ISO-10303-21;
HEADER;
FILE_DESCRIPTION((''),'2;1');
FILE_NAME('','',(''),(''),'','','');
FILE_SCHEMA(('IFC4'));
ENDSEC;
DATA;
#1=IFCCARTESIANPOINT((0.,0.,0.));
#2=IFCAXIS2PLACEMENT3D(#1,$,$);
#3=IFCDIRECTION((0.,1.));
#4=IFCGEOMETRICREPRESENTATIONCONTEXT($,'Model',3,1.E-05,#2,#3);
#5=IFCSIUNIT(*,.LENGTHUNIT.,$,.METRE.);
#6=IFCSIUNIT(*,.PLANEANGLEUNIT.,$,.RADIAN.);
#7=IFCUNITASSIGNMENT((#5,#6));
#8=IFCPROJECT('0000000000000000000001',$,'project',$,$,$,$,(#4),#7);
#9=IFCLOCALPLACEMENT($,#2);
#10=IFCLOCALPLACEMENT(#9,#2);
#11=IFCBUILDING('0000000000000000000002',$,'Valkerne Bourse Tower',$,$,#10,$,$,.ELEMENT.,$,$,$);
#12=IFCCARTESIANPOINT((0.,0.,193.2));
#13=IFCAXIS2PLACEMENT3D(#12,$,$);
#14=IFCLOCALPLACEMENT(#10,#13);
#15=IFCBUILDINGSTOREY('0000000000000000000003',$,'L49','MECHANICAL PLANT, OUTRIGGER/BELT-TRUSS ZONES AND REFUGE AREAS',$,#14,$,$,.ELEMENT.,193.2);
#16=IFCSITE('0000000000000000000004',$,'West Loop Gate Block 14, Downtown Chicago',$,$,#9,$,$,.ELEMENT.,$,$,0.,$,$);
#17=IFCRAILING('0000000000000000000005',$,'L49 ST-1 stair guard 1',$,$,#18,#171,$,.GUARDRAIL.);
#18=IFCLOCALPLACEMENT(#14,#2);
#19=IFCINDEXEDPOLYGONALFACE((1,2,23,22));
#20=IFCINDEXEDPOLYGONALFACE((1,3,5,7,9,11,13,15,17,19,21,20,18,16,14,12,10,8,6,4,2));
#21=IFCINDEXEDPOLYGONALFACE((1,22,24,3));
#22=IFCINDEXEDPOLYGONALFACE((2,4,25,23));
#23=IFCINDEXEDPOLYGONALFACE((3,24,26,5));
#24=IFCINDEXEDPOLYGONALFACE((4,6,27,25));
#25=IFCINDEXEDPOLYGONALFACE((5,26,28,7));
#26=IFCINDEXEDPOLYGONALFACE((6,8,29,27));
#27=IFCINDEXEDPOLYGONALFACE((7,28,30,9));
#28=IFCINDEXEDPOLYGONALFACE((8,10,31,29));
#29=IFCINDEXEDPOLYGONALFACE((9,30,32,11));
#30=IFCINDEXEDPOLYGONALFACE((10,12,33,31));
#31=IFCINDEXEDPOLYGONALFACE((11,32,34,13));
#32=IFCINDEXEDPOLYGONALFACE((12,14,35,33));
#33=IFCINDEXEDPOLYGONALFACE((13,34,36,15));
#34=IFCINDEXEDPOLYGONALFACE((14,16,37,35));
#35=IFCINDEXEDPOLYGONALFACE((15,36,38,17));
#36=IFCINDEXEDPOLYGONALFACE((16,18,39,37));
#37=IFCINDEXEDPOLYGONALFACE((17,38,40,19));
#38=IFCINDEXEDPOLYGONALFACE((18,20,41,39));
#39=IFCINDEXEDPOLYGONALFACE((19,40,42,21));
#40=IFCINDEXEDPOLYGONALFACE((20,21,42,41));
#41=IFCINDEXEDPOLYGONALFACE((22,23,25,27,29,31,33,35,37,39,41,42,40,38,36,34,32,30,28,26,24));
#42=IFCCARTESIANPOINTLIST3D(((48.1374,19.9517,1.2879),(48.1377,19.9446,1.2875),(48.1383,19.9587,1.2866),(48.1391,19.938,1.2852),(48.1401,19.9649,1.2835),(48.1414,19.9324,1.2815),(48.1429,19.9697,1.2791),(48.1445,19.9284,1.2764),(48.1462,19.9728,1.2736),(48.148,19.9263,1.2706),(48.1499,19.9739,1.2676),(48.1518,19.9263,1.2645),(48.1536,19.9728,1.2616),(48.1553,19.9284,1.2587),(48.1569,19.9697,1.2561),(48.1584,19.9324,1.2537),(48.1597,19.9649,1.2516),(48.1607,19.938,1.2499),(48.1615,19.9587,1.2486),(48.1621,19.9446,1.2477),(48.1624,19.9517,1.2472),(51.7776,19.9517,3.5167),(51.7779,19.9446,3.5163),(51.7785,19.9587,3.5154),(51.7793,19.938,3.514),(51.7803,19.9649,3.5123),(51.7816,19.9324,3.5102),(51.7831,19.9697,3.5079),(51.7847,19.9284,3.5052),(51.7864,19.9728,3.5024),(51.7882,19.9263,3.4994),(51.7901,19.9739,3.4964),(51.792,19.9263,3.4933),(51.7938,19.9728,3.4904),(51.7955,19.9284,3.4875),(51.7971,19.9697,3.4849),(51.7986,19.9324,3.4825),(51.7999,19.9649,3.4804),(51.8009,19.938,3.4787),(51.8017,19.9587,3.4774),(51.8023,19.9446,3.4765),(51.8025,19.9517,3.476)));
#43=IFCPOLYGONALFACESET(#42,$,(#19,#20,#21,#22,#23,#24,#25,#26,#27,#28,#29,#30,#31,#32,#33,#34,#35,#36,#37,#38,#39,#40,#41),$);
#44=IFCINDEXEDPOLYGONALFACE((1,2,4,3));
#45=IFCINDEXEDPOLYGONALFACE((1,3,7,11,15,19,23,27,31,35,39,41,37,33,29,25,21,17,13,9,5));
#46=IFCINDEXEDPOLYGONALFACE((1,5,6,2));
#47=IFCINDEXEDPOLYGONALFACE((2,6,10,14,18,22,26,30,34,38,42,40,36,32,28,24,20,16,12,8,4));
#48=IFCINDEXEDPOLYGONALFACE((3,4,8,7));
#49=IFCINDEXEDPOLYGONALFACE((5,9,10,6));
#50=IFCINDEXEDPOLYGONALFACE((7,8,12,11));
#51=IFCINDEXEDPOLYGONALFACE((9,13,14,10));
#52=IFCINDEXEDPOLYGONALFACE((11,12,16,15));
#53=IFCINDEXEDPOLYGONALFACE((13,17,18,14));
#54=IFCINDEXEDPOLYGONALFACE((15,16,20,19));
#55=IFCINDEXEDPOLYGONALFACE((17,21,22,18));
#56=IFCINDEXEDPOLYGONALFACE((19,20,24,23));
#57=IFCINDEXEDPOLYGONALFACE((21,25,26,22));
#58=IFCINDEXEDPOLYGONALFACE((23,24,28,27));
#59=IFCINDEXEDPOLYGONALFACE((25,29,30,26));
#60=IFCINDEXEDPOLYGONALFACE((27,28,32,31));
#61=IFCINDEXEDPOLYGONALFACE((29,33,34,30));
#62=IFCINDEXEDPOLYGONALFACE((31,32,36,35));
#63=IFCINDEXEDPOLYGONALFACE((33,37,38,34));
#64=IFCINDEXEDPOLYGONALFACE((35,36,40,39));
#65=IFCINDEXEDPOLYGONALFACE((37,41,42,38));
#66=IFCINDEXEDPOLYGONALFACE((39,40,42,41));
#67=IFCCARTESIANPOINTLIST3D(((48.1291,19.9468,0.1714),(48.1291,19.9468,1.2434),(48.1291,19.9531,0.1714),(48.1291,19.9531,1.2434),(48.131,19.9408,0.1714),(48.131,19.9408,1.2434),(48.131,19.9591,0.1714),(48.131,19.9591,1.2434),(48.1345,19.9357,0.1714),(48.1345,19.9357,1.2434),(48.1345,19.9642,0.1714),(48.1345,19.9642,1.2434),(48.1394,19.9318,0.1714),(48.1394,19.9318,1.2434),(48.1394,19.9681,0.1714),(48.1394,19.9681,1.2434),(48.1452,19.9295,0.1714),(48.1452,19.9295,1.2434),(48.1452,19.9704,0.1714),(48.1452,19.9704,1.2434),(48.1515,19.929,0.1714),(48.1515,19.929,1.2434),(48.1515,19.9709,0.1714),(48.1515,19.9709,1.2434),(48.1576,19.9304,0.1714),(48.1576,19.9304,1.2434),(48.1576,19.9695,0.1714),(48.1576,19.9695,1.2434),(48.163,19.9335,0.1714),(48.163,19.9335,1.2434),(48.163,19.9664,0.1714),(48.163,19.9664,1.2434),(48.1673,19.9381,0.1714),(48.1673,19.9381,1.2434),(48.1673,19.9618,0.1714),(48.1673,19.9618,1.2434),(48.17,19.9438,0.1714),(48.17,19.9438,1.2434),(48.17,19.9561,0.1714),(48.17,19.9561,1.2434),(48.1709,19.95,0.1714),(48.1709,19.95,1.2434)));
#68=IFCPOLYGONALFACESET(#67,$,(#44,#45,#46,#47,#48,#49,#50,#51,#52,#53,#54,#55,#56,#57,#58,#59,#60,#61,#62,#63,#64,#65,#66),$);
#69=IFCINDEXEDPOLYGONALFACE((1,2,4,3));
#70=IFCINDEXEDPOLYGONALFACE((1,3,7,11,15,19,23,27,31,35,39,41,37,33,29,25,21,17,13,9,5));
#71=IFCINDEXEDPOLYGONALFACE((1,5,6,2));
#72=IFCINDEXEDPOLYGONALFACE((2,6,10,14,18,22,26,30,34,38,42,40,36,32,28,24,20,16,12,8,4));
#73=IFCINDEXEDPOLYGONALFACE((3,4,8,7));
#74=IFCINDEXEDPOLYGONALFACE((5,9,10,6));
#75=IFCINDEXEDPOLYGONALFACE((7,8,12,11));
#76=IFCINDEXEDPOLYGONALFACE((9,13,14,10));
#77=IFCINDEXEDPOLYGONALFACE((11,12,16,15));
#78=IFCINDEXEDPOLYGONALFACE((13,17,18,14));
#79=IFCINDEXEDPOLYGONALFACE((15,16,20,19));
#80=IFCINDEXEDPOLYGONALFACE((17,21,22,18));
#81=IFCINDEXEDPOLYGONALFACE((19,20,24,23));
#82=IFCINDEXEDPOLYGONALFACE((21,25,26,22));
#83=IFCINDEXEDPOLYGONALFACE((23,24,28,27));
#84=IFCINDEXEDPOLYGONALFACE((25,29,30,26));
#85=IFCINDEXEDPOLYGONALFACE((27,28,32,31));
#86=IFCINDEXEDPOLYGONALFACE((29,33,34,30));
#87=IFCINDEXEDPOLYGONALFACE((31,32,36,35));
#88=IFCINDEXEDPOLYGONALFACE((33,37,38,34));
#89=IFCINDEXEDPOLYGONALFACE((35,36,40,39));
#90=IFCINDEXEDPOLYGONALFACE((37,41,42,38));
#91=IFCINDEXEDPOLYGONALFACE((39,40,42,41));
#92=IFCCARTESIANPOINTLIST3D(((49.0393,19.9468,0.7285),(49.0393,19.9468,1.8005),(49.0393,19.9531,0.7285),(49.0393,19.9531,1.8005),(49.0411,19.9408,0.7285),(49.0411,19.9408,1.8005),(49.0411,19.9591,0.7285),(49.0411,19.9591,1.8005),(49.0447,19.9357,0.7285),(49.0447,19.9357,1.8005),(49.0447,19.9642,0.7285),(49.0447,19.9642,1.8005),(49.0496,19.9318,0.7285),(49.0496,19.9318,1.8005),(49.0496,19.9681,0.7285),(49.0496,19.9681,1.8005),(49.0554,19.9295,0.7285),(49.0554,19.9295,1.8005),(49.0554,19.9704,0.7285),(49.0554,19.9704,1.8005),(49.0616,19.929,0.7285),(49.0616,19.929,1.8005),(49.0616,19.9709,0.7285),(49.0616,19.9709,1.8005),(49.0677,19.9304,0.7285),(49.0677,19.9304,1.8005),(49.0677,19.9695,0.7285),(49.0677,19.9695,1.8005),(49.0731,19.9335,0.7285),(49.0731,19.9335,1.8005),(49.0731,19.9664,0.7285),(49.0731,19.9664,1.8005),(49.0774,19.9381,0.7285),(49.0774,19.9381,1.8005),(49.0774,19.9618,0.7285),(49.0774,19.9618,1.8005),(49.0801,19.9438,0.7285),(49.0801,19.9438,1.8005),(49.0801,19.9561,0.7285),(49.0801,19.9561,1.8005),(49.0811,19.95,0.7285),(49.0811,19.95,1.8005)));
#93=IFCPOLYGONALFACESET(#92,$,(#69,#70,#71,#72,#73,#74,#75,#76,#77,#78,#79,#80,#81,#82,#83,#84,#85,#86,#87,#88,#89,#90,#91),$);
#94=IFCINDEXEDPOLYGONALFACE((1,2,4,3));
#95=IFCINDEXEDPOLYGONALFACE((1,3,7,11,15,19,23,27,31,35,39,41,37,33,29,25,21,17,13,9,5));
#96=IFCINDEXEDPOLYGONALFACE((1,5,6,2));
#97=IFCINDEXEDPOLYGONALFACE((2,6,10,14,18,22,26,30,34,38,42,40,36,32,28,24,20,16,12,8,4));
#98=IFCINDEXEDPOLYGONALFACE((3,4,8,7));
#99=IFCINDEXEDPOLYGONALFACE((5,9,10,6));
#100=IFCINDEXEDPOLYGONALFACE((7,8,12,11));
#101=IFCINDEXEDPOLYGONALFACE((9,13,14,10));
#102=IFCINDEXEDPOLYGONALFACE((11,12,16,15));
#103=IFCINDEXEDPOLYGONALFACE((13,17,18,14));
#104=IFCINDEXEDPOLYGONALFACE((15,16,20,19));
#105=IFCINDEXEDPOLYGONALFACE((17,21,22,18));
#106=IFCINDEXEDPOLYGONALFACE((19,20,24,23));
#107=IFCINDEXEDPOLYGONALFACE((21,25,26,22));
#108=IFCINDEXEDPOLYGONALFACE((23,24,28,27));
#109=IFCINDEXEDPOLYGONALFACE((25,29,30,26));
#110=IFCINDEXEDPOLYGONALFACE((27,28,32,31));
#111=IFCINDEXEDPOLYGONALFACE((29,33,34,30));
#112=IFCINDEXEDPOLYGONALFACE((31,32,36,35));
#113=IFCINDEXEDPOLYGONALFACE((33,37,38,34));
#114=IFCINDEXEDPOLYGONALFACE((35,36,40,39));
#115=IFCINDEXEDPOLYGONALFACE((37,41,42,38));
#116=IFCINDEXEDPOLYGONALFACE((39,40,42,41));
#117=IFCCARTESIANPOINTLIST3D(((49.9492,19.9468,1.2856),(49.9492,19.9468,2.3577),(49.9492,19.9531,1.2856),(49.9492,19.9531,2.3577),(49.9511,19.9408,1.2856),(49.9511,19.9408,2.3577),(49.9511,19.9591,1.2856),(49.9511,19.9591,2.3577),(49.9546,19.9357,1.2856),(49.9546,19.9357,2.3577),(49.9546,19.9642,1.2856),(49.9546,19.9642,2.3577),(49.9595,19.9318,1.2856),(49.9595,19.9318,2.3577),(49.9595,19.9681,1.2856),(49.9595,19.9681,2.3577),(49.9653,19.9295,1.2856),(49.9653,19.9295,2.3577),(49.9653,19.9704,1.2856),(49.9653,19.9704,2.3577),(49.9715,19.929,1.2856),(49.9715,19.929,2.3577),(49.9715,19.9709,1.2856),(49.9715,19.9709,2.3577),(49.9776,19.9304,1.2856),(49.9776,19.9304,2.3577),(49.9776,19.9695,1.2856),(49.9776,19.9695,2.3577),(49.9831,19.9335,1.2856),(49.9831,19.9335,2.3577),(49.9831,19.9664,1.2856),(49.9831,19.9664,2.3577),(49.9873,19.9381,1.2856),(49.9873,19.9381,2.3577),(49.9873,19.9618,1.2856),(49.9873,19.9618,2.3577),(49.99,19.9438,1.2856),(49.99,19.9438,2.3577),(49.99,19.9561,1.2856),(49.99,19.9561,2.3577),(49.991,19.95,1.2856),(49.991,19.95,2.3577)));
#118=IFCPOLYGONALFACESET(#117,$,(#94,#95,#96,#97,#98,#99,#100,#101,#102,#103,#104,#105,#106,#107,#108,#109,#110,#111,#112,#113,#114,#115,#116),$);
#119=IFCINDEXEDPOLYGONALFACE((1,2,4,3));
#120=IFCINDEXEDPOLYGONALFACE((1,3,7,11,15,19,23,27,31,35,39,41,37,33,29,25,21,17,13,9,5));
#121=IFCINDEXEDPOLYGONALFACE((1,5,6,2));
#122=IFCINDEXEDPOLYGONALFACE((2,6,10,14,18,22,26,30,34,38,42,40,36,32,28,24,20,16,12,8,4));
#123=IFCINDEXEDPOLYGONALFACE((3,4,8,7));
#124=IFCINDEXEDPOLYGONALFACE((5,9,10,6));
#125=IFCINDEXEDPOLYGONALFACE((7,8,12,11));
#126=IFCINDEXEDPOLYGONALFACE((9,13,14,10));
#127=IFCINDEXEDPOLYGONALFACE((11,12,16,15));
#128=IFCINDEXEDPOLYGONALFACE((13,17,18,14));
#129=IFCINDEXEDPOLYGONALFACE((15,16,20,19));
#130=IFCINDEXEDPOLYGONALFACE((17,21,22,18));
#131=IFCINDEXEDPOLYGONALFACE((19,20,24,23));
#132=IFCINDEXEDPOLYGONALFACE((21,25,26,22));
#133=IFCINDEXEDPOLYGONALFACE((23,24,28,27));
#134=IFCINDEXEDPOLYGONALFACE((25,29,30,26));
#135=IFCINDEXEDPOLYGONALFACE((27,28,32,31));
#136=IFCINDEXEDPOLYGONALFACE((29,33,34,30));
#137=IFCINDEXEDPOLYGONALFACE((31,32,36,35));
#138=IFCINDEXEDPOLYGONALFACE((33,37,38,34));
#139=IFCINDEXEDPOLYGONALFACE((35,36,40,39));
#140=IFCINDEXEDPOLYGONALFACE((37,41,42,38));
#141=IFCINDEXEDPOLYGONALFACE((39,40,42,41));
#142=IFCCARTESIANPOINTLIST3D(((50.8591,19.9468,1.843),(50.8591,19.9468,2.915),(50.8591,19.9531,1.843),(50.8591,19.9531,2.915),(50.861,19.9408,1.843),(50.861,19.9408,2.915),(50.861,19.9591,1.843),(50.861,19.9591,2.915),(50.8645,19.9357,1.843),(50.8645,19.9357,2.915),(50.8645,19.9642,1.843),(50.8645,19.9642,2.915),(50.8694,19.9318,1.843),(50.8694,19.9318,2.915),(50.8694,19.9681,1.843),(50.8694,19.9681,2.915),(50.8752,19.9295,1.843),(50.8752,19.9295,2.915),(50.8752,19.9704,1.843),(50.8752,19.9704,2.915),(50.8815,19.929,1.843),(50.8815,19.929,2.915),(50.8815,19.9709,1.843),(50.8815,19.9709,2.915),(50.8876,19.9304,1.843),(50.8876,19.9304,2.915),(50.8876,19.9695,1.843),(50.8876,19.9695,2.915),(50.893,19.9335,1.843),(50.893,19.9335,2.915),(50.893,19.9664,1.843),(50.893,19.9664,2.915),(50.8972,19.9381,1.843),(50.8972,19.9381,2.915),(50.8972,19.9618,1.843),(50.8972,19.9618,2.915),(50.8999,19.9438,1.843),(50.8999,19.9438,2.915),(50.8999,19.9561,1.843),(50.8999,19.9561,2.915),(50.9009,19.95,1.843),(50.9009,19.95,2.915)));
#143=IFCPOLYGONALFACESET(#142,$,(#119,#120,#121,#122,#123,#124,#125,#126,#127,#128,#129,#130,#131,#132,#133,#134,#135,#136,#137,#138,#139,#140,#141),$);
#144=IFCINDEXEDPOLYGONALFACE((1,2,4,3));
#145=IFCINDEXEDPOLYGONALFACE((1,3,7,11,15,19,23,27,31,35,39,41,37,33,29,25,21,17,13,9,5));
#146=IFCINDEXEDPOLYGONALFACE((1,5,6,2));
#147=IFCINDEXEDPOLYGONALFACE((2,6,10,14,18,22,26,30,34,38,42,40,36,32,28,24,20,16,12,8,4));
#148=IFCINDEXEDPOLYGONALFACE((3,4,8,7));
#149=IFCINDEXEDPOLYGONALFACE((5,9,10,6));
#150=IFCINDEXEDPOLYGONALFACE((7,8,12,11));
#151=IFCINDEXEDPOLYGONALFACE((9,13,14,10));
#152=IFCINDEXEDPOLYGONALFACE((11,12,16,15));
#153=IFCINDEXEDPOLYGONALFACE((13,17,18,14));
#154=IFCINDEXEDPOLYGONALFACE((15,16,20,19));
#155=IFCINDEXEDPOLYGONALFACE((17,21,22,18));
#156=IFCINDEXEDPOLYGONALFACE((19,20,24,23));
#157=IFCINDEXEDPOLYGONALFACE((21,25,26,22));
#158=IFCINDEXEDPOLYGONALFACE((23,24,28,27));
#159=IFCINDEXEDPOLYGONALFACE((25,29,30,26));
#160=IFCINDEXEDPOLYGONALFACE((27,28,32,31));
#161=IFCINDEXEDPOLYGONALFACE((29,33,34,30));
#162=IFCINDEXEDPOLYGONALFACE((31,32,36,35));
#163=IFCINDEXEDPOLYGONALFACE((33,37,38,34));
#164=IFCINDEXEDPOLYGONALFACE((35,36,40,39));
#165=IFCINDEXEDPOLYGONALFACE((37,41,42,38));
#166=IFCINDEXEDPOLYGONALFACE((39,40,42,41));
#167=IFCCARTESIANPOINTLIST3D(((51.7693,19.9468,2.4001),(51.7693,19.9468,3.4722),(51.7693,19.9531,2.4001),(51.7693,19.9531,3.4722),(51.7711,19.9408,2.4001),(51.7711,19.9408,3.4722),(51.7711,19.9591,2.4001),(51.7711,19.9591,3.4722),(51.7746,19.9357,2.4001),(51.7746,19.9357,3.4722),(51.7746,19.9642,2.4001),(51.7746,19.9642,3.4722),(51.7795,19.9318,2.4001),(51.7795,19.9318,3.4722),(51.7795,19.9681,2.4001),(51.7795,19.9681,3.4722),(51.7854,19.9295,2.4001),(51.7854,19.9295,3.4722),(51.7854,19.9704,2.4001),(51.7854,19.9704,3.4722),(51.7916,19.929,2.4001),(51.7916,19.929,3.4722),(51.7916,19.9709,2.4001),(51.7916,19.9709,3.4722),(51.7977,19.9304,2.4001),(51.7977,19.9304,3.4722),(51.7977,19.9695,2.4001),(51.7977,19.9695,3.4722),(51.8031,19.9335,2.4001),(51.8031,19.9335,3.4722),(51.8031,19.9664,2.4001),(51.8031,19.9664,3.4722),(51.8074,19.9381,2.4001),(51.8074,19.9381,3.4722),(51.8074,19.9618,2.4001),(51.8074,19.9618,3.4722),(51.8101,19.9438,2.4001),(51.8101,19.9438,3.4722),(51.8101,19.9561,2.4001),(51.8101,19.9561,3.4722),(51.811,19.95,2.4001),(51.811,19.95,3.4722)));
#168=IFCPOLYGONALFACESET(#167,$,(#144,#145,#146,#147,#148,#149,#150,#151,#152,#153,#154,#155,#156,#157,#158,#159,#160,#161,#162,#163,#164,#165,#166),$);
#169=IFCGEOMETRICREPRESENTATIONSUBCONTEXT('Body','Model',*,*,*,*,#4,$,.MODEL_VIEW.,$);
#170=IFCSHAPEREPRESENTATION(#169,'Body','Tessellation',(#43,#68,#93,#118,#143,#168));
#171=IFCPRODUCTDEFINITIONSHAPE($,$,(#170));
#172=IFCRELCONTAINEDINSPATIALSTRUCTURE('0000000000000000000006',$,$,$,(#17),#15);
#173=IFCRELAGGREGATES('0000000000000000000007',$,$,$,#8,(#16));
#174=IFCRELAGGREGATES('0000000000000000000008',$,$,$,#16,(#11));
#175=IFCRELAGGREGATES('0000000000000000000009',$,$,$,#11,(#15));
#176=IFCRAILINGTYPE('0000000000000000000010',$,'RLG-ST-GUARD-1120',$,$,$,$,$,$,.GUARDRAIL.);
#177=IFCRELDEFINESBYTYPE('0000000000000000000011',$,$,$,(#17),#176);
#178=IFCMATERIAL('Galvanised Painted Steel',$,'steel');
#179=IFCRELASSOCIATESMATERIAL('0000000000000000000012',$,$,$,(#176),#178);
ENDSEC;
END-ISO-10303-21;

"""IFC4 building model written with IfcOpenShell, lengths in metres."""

from ifc_helpers import new_model, si_unit, direction, frame, origin, origin_2d, place, context, subcontext, project, spatial, circle, extrude, material, type_object, element, save


model = new_model("IFC4")

# Units and contexts
model_context = context("Model", 3, precision=1e-05, world=origin(), true_north=direction((0.0, 1.0)))
body_context = subcontext(model_context, "Body", "Model", "MODEL_VIEW")
ifc_project = project(units=[si_unit("LENGTHUNIT", "METRE"), si_unit("PLANEANGLEUNIT", "RADIAN")], contexts=[model_context])

# Site, building, storey
site_placement = place(None, origin())
site = spatial("IfcSite", under=ifc_project, at=site_placement, Name="West Loop Gate Block 14, Downtown Chicago", CompositionType="ELEMENT", RefElevation=0.0)
building_placement = place(site_placement, origin())
building = spatial("IfcBuilding", under=site, at=building_placement, Name="Valkerne Bourse Tower", CompositionType="ELEMENT")
storey_placement = place(building_placement, frame((0.0, 0.0, 193.2)))
storey = spatial("IfcBuildingStorey", under=building, at=storey_placement, Name="L49", Description="MECHANICAL PLANT, OUTRIGGER/BELT-TRUSS ZONES AND REFUGE AREAS", CompositionType="ELEMENT", Elevation=193.2)

# Shared definitions
ifc_material_1 = material(Name="Galvanised Painted Steel", Category="steel")

# Railing
railing_type_1 = type_object("IfcRailingType", Name="RLG-ST-GUARD-1120", PredefinedType="GUARDRAIL", material=ifc_material_1)
railing_1_placement = place(storey_placement, frame((48.1499, 19.95, 0.1714)))
element("IfcRailing", 1, at=railing_1_placement, inside=storey, type_object=railing_type_1, Name="L49 ST-1 stair guard 1", PredefinedType="GUARDRAIL", context=body_context, shape_type="SweptSolid", body=[
    extrude(circle(Radius=0.0239, at=origin_2d()), frame((0.0, 0.0, 1.0962), z_axis=(0.85284, 0.0, 0.522172), x_axis=(0.0, 1.0, 0.0)), (0.0, 0.0, 1.0), 4.2683),
    extrude(circle(Radius=0.021, at=origin_2d()), origin(), (0.0, 0.0, 1.0), 1.072),
    extrude(circle(Radius=0.021, at=origin_2d()), frame((0.9102, 0.0, 0.5571)), (0.0, 0.0, 1.0), 1.072),
    extrude(circle(Radius=0.021, at=origin_2d()), frame((1.8201, 0.0, 1.1143)), (0.0, 0.0, 1.0), 1.072),
    extrude(circle(Radius=0.021, at=origin_2d()), frame((2.73, 0.0, 1.6716)), (0.0, 0.0, 1.0), 1.072),
    extrude(circle(Radius=0.021, at=origin_2d()), frame((3.6401, 0.0, 2.2288)), (0.0, 0.0, 1.0), 1.072),
])

save(model, "model.ifc")
